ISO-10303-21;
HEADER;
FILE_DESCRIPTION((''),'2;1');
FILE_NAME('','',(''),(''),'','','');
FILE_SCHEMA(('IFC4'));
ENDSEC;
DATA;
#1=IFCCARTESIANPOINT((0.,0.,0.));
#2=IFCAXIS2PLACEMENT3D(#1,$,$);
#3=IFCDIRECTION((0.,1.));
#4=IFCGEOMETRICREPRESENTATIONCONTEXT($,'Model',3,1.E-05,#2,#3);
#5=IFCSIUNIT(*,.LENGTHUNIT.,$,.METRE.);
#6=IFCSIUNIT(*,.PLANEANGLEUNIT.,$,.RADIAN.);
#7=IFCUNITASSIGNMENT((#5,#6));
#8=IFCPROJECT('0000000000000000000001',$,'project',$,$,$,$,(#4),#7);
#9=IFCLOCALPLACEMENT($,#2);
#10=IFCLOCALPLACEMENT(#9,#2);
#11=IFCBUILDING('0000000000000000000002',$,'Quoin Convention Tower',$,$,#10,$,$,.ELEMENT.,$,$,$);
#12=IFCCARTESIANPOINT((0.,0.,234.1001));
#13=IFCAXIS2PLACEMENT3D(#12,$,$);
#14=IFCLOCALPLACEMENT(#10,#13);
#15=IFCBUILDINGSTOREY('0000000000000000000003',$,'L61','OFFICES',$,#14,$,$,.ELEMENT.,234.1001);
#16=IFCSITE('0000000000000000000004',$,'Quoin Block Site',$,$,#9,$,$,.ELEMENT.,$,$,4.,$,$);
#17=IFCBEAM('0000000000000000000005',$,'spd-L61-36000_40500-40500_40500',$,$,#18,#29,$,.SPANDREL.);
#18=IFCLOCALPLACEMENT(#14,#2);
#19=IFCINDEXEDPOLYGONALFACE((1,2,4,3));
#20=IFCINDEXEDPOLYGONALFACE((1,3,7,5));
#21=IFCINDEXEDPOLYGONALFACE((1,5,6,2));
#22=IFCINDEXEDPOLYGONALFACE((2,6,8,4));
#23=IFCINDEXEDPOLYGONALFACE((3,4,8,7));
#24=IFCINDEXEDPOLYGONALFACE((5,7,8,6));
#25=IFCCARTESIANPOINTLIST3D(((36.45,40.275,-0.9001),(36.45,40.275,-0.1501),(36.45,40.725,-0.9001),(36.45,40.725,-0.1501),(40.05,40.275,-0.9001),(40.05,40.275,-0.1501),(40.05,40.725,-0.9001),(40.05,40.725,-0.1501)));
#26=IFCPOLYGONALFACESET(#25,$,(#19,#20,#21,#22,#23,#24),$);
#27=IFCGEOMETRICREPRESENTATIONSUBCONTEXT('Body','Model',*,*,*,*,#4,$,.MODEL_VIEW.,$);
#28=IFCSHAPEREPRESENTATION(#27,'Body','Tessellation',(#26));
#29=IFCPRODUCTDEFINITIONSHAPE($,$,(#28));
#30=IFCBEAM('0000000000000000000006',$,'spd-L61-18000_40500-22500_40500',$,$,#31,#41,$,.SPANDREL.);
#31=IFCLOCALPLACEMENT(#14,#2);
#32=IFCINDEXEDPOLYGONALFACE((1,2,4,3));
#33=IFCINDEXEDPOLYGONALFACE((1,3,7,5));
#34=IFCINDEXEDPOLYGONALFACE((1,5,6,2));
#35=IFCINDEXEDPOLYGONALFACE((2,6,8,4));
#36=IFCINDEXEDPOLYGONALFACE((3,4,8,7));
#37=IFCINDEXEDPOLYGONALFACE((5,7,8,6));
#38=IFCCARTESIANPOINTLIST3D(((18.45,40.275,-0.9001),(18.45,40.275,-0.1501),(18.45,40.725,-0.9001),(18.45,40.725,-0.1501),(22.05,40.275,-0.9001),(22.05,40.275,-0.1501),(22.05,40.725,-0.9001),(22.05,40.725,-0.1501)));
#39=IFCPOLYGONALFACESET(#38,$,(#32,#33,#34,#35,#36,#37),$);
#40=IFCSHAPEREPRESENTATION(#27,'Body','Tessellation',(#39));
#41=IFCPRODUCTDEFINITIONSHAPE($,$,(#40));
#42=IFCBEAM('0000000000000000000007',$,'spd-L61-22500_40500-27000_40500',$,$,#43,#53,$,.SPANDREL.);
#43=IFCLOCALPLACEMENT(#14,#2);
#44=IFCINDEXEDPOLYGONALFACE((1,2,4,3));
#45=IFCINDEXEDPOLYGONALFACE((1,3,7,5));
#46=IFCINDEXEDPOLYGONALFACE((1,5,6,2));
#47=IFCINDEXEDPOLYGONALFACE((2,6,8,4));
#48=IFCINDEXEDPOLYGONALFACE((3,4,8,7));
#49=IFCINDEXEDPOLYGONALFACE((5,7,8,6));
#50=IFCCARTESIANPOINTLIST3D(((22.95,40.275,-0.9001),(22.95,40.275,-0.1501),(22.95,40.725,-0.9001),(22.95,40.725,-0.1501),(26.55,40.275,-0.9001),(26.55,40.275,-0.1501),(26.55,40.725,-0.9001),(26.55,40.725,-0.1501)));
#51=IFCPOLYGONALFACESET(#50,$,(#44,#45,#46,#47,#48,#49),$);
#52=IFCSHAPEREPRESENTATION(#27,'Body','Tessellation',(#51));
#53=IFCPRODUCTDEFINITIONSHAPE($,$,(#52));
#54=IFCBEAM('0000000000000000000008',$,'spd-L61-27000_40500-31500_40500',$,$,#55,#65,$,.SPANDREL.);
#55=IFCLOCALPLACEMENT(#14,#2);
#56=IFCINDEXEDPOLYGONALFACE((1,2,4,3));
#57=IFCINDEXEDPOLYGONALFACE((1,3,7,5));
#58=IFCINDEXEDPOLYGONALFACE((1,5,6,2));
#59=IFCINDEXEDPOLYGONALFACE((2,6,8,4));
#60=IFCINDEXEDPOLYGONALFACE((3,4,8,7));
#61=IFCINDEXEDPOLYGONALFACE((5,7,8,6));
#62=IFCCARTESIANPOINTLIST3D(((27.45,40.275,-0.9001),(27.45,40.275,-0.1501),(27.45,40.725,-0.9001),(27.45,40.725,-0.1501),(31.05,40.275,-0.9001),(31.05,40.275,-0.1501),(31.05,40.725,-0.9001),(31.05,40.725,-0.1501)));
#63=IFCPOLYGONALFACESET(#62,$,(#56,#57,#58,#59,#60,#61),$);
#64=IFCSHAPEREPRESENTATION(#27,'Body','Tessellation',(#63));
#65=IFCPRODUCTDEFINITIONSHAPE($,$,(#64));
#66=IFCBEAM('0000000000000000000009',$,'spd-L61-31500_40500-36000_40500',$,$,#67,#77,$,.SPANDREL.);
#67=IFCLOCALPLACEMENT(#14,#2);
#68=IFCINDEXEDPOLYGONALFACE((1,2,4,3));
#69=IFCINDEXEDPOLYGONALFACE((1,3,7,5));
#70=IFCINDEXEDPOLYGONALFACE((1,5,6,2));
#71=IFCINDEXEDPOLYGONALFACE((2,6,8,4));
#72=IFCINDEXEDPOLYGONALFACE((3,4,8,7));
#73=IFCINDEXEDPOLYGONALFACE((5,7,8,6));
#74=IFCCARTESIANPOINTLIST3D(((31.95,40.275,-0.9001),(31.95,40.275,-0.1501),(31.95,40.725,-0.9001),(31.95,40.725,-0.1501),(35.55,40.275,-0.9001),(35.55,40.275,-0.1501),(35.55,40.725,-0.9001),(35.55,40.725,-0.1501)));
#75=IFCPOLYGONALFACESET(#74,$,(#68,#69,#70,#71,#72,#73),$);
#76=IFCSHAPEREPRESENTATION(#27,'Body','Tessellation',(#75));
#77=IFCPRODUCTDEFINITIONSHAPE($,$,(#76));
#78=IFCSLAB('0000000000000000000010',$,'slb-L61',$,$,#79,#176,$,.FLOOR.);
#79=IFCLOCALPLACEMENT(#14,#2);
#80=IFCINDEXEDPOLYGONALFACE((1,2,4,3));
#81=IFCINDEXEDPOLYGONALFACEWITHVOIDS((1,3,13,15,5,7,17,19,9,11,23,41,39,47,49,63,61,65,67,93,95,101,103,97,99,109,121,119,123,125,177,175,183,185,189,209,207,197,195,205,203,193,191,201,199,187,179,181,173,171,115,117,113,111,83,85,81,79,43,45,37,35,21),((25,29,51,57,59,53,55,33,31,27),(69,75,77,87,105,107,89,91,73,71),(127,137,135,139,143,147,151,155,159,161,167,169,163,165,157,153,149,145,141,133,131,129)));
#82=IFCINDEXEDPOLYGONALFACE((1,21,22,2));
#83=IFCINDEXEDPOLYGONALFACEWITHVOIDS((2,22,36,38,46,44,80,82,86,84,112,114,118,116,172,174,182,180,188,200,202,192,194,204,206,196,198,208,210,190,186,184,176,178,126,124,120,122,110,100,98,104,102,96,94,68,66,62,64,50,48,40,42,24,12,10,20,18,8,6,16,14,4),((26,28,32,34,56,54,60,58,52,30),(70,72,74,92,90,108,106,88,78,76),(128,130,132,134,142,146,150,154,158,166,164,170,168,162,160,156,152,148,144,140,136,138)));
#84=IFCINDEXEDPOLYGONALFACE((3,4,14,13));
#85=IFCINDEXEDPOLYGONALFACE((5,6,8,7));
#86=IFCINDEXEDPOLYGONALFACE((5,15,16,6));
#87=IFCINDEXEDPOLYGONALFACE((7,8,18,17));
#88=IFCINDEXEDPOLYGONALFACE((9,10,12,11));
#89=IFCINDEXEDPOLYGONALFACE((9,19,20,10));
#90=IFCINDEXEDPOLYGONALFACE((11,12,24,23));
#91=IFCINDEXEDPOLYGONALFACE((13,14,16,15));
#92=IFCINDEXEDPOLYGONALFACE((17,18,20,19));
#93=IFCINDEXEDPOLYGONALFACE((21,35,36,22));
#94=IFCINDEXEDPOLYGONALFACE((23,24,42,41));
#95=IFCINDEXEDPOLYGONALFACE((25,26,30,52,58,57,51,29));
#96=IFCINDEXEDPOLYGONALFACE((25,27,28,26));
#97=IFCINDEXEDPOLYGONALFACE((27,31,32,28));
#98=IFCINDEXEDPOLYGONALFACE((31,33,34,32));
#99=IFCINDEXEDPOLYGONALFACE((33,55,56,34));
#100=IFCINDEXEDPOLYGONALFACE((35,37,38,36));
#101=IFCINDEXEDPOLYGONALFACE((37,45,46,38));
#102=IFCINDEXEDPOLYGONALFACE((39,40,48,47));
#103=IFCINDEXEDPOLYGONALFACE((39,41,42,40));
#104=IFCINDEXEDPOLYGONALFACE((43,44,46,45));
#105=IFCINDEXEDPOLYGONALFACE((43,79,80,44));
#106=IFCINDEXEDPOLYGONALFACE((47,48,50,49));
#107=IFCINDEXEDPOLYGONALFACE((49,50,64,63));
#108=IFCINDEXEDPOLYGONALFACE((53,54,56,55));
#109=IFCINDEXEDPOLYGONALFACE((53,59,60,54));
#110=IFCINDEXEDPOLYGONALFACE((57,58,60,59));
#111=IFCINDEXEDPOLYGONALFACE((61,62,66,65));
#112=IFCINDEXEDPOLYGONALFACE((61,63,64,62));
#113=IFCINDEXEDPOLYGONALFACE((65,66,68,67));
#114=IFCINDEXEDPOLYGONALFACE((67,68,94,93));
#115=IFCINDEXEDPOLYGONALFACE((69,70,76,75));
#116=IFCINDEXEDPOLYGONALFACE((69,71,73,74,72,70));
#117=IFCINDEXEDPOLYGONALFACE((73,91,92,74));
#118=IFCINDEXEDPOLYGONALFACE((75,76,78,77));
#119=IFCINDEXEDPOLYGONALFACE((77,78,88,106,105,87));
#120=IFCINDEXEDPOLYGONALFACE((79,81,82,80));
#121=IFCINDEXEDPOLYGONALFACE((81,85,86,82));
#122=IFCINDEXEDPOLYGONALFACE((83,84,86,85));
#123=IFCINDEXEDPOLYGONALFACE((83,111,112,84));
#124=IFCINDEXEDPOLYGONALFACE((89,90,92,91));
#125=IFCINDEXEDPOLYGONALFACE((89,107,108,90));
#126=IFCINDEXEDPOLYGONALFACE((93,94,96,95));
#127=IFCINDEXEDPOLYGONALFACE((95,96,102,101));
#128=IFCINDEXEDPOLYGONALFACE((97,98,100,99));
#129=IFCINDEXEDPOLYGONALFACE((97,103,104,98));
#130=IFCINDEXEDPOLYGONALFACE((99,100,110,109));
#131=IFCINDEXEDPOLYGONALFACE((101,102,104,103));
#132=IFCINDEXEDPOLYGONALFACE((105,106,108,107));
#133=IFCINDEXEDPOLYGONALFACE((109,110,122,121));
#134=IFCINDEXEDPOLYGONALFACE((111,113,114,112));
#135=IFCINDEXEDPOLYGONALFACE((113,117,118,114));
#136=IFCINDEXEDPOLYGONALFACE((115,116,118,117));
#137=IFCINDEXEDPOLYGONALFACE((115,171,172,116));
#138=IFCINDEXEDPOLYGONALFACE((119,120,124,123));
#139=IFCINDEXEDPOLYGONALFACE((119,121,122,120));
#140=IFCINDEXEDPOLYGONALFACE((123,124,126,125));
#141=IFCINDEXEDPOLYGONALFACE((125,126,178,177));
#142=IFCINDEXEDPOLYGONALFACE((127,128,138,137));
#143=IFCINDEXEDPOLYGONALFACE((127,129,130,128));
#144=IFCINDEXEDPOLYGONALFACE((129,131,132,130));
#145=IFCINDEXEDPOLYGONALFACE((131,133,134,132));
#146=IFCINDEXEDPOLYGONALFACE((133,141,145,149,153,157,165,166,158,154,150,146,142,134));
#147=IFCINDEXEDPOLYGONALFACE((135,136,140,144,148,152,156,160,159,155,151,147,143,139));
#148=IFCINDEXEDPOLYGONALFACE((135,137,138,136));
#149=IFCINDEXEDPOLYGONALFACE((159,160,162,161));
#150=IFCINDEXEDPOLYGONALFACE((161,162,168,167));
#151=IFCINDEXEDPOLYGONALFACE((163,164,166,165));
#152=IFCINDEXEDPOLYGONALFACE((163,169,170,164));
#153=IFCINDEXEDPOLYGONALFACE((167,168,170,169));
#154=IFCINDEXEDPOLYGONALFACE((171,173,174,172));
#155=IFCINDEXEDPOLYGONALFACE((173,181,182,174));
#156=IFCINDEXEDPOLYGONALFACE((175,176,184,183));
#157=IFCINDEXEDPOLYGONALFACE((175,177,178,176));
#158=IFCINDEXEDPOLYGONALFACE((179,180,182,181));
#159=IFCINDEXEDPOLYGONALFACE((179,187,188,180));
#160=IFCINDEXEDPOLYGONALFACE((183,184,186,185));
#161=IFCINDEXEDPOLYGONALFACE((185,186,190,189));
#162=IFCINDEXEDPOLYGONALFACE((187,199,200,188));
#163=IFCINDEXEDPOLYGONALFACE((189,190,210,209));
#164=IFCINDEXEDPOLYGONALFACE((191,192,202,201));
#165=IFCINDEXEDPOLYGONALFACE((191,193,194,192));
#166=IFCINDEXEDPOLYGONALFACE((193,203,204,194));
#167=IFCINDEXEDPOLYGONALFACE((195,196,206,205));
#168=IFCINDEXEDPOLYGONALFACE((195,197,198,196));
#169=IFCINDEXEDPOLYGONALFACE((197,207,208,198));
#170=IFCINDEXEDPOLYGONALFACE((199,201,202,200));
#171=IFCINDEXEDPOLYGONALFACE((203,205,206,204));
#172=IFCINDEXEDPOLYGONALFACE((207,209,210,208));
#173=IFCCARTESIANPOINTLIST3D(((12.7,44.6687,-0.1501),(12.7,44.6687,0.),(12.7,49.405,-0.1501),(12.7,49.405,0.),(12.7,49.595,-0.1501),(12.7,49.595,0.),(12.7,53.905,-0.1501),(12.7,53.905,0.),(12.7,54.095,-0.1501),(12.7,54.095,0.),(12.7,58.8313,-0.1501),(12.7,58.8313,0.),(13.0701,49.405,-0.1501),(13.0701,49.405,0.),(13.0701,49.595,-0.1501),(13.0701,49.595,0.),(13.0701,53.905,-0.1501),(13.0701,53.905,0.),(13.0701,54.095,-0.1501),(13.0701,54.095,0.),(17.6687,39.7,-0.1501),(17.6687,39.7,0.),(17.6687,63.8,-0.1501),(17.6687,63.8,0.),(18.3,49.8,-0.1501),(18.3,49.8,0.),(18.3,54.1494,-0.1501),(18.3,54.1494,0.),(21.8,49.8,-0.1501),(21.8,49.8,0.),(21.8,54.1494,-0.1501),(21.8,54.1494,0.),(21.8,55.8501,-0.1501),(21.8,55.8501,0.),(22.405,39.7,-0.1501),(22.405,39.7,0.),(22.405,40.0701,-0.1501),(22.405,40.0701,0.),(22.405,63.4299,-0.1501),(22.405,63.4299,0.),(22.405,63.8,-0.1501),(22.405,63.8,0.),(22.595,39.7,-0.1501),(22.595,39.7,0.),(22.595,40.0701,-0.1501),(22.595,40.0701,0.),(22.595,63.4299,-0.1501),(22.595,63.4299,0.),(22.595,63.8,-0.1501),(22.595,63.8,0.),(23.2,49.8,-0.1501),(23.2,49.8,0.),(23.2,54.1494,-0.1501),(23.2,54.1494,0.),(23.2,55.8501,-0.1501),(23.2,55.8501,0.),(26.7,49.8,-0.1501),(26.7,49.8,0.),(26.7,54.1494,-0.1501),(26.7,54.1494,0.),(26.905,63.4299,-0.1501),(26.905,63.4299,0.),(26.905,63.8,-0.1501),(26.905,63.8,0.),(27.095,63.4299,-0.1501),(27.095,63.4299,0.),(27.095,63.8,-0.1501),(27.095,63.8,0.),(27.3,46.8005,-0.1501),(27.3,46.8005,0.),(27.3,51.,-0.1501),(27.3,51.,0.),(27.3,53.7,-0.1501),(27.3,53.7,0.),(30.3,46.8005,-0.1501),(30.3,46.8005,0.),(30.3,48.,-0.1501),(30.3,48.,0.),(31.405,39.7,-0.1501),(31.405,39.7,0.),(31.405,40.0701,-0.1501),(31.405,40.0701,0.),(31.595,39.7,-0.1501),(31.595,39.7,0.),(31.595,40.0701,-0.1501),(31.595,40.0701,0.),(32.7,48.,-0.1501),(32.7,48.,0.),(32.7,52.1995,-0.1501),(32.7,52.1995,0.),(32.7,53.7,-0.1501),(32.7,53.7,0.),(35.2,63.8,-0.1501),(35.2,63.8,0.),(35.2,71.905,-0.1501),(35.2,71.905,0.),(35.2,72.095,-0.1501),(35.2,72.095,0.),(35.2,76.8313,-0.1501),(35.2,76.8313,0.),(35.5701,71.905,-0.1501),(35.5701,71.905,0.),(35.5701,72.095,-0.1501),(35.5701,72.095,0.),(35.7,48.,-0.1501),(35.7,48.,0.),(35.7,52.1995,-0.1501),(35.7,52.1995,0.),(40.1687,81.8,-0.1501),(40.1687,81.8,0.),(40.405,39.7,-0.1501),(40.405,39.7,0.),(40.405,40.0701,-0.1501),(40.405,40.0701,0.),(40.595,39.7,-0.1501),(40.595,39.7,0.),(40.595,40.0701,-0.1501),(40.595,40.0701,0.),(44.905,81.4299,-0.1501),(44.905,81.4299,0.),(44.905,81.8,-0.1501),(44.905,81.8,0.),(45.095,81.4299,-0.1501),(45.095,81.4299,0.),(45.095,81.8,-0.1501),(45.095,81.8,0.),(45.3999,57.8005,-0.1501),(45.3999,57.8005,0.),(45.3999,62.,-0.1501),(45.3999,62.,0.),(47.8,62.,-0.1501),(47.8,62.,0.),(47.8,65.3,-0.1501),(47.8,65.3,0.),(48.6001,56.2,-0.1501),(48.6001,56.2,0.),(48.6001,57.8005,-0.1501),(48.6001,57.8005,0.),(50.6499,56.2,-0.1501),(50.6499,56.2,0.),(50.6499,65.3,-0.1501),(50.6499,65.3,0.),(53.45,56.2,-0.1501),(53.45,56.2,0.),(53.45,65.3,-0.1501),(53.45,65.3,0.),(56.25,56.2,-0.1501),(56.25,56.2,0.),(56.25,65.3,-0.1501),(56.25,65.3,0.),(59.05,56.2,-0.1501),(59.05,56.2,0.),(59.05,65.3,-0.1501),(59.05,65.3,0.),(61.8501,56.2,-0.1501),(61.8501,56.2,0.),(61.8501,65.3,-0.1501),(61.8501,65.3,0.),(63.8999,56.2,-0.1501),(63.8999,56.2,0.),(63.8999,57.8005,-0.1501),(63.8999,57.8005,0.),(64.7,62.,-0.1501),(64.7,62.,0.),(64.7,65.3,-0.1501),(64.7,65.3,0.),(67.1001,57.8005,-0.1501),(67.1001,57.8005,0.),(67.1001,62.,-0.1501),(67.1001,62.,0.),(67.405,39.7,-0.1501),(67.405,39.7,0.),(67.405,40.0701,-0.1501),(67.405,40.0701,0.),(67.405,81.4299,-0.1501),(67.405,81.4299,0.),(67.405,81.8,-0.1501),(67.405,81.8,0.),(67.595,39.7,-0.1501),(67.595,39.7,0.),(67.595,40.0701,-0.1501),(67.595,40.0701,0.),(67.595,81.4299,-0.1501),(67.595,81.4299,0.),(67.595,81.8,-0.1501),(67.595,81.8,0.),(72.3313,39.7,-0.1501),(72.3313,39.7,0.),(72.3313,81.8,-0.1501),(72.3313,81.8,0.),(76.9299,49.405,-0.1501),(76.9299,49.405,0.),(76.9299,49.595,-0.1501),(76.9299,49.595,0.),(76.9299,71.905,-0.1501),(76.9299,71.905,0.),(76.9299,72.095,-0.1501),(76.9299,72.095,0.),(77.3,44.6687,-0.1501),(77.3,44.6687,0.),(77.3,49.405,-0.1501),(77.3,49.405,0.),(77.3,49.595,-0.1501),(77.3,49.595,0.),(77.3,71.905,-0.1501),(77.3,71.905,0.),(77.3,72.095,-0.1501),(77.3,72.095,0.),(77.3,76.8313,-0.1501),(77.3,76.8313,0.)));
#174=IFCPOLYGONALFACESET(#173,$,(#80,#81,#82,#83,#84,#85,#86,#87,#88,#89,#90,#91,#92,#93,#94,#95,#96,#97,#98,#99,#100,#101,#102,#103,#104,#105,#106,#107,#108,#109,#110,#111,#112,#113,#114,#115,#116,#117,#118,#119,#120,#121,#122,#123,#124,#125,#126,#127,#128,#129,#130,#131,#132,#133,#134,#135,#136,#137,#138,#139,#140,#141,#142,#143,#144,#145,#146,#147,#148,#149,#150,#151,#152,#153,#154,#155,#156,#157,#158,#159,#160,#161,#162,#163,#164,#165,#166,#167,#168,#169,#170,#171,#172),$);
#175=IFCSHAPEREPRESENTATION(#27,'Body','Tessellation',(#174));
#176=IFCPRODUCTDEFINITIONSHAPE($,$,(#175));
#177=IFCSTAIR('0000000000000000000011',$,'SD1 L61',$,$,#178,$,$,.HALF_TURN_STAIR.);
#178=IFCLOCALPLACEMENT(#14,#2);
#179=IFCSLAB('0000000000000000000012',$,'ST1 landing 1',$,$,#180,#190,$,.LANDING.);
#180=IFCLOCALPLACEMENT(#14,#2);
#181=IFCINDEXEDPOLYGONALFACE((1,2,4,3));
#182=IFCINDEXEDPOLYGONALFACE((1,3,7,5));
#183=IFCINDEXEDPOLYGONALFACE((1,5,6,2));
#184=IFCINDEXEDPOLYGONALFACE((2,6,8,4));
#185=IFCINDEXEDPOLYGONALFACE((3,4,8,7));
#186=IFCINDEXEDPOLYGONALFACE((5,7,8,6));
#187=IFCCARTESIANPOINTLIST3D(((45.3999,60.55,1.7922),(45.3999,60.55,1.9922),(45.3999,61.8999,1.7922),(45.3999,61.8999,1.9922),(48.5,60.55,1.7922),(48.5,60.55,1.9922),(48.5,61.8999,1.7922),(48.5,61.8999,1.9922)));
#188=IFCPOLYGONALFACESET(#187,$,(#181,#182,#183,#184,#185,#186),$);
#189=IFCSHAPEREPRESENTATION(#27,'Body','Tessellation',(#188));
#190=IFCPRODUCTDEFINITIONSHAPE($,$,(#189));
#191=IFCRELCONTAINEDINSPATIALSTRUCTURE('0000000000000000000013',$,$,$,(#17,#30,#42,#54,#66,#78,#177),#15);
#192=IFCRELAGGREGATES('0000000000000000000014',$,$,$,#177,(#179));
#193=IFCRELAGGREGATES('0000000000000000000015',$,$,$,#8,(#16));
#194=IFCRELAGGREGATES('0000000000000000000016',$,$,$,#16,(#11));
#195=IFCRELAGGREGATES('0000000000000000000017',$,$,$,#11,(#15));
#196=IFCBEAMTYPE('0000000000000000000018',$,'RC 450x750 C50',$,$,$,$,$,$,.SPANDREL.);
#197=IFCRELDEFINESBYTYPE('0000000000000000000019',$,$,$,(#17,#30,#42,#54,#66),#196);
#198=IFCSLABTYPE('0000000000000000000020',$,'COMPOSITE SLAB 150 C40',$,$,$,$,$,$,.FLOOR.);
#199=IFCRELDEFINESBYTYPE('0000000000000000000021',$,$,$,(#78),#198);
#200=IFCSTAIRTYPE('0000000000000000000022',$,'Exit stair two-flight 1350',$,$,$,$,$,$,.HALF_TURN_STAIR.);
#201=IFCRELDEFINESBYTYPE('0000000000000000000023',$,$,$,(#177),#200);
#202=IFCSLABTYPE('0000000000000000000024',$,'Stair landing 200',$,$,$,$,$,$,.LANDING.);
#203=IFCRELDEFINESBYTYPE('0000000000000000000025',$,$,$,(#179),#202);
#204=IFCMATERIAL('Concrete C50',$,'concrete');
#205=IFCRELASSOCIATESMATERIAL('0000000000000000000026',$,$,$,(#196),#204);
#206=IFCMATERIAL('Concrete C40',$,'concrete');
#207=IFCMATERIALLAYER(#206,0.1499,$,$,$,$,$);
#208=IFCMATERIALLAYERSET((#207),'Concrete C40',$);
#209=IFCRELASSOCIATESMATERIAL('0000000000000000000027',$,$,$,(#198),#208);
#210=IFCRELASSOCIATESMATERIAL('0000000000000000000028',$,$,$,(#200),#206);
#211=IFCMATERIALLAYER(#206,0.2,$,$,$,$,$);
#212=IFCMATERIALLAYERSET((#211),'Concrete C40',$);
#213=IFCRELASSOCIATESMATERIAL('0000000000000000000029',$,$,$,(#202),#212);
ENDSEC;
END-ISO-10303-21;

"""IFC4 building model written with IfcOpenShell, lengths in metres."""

from ifc_helpers import new_model, si_unit, direction, frame, origin, origin_2d, place, context, subcontext, project, spatial, polyline, rectangle, outline, extrude, material, layer, layer_set, material_profile, profile_set, type_object, element, aggregate, save


model = new_model("IFC4")

# Units and contexts
model_context = context("Model", 3, precision=1e-05, world=origin(), true_north=direction((0.0, 1.0)))
body_context = subcontext(model_context, "Body", "Model", "MODEL_VIEW")
ifc_project = project(units=[si_unit("LENGTHUNIT", "METRE"), si_unit("PLANEANGLEUNIT", "RADIAN")], contexts=[model_context])

# Site, building, storey
site_placement = place(None, origin())
site = spatial("IfcSite", under=ifc_project, at=site_placement, Name="Quoin Block Site", CompositionType="ELEMENT", RefElevation=4.0)
building_placement = place(site_placement, origin())
building = spatial("IfcBuilding", under=site, at=building_placement, Name="Quoin Convention Tower", CompositionType="ELEMENT")
storey_placement = place(building_placement, frame((0.0, 0.0, 234.1001)))
storey = spatial("IfcBuildingStorey", under=building, at=storey_placement, Name="L61", Description="OFFICES", CompositionType="ELEMENT", Elevation=234.1001)

# Shared definitions
ifc_material_1 = material(Name="Concrete C50", Category="concrete")

# Beams
ifc_material_profile_1 = material_profile(ifc_material_1, rectangle(XDim=0.45, YDim=0.75, at=origin_2d()), Name="RC 450x750")
ifc_profile_set_1 = profile_set([ifc_material_profile_1], Name="Concrete C50")
beam_type = type_object("IfcBeamType", Name="RC 450x750 C50", PredefinedType="SPANDREL", material=ifc_profile_set_1)
for number, where, z_axis, x_axis, name in (
    (1, (36.45, 40.5, -0.5251), (1.0, 0.0, 0.0), (0.0, 1.0, 0.0), "spd-L61-36000_40500-40500_40500"),
    (2, (18.45, 40.5, -0.5251), (1.0, 0.0, 0.0), (0.0, 1.0, 0.0), "spd-L61-18000_40500-22500_40500"),
    (3, (22.95, 40.5, -0.5251), (1.0, 0.0, 0.0), (0.0, 1.0, 0.0), "spd-L61-22500_40500-27000_40500"),
    (4, (27.45, 40.5, -0.5251), (1.0, 0.0, 0.0), (0.0, 1.0, 0.0), "spd-L61-27000_40500-31500_40500"),
    (5, (31.95, 40.5, -0.5251), (1.0, 0.0, 0.0), (0.0, 1.0, 0.0), "spd-L61-31500_40500-36000_40500"),
):
    element("IfcBeam", number, at=place(storey_placement, frame(where, z_axis=z_axis, x_axis=x_axis)), inside=storey, type_object=beam_type, Name=name, PredefinedType="SPANDREL", context=body_context, shape_type="SweptSolid", body=[
        extrude(rectangle(XDim=0.45, YDim=0.75, at=origin_2d()), origin(), (0.0, 0.0, 1.0), 3.6001),
    ])

# Slab
ifc_material_2 = material(Name="Concrete C40", Category="concrete")
ifc_layer_1 = layer(ifc_material_2, 0.1499)
ifc_layer_set_1 = layer_set([ifc_layer_1], Name="Concrete C40")
slab_type_1 = type_object("IfcSlabType", Name="COMPOSITE SLAB 150 C40", PredefinedType="FLOOR", material=ifc_layer_set_1)
slab_1_placement = place(storey_placement, frame((0.0, 0.0, -0.1501)))
element("IfcSlab", 6, at=slab_1_placement, inside=storey, type_object=slab_type_1, Name="slb-L61", PredefinedType="FLOOR", context=body_context, shape_type="SweptSolid", body=[
    extrude(outline(polyline([(12.7, 44.6687), (12.7, 49.405), (13.0701, 49.405), (13.0701, 49.595), (12.7, 49.595), (12.7, 53.905), (13.0701, 53.905), (13.0701, 54.095), (12.7, 54.095), (12.7, 58.8313), (17.6687, 63.8), (22.405, 63.8), (22.405, 63.4299), (22.595, 63.4299), (22.595, 63.8), (26.905, 63.8), (26.905, 63.4299), (27.095, 63.4299), (27.095, 63.8), (35.2, 63.8), (35.2, 71.905), (35.5701, 71.905), (35.5701, 72.095), (35.2, 72.095), (35.2, 76.8313), (40.1687, 81.8), (44.905, 81.8), (44.905, 81.4299), (45.095, 81.4299), (45.095, 81.8), (67.405, 81.8), (67.405, 81.4299), (67.595, 81.4299), (67.595, 81.8), (72.3313, 81.8), (77.3, 76.8313), (77.3, 72.095), (76.9299, 72.095), (76.9299, 71.905), (77.3, 71.905), (77.3, 49.595), (76.9299, 49.595), (76.9299, 49.405), (77.3, 49.405), (77.3, 44.6687), (72.3313, 39.7), (67.595, 39.7), (67.595, 40.0701), (67.405, 40.0701), (67.405, 39.7), (40.595, 39.7), (40.595, 40.0701), (40.405, 40.0701), (40.405, 39.7), (31.595, 39.7), (31.595, 40.0701), (31.405, 40.0701), (31.405, 39.7), (22.595, 39.7), (22.595, 40.0701), (22.405, 40.0701), (22.405, 39.7), (17.6687, 39.7), (12.7, 44.6687)]), holes=[polyline([(27.3, 46.8005), (30.3, 46.8005), (30.3, 48.0), (32.7, 48.0), (35.7, 48.0), (35.7, 52.1995), (32.7, 52.1995), (32.7, 53.7), (27.3, 53.7), (27.3, 51.0), (27.3, 46.8005)]), polyline([(21.8, 49.8), (23.2, 49.8), (26.7, 49.8), (26.7, 54.1494), (23.2, 54.1494), (23.2, 55.8501), (21.8, 55.8501), (21.8, 54.1494), (18.3, 54.1494), (18.3, 49.8), (21.8, 49.8)]), polyline([(50.6499, 56.2), (53.45, 56.2), (56.25, 56.2), (59.05, 56.2), (61.8501, 56.2), (63.8999, 56.2), (63.8999, 57.8005), (67.1001, 57.8005), (67.1001, 62.0), (64.7, 62.0), (64.7, 65.3), (61.8501, 65.3), (59.05, 65.3), (56.25, 65.3), (53.45, 65.3), (50.6499, 65.3), (47.8, 65.3), (47.8, 62.0), (45.3999, 62.0), (45.3999, 57.8005), (48.6001, 57.8005), (48.6001, 56.2), (50.6499, 56.2)])]), origin(), (0.0, 0.0, 1.0), 0.1501),
])

# Stair, slab
stair_type_1 = type_object("IfcStairType", Name="Exit stair two-flight 1350", PredefinedType="HALF_TURN_STAIR", material=ifc_material_2)
stair_1_placement = place(storey_placement, origin())
stair_1 = element("IfcStair", 7, at=stair_1_placement, inside=storey, type_object=stair_type_1, Name="SD1 L61", PredefinedType="HALF_TURN_STAIR")
ifc_layer_2 = layer(ifc_material_2, 0.2)
ifc_layer_set_2 = layer_set([ifc_layer_2], Name="Concrete C40")
slab_type_2 = type_object("IfcSlabType", Name="Stair landing 200", PredefinedType="LANDING", material=ifc_layer_set_2)
slab_2_placement = place(storey_placement, frame((0.0, 0.0, 1.7922)))
slab_2 = element("IfcSlab", 8, at=slab_2_placement, type_object=slab_type_2, Name="ST1 landing 1", PredefinedType="LANDING", context=body_context, shape_type="SweptSolid", body=[
    extrude(outline(polyline([(45.3999, 60.55), (48.5, 60.55), (48.5, 61.8999), (45.3999, 61.8999), (45.3999, 60.55)])), origin(), (0.0, 0.0, 1.0), 0.2),
])
aggregate(stair_1, [slab_2])

save(model, "model.ifc")
